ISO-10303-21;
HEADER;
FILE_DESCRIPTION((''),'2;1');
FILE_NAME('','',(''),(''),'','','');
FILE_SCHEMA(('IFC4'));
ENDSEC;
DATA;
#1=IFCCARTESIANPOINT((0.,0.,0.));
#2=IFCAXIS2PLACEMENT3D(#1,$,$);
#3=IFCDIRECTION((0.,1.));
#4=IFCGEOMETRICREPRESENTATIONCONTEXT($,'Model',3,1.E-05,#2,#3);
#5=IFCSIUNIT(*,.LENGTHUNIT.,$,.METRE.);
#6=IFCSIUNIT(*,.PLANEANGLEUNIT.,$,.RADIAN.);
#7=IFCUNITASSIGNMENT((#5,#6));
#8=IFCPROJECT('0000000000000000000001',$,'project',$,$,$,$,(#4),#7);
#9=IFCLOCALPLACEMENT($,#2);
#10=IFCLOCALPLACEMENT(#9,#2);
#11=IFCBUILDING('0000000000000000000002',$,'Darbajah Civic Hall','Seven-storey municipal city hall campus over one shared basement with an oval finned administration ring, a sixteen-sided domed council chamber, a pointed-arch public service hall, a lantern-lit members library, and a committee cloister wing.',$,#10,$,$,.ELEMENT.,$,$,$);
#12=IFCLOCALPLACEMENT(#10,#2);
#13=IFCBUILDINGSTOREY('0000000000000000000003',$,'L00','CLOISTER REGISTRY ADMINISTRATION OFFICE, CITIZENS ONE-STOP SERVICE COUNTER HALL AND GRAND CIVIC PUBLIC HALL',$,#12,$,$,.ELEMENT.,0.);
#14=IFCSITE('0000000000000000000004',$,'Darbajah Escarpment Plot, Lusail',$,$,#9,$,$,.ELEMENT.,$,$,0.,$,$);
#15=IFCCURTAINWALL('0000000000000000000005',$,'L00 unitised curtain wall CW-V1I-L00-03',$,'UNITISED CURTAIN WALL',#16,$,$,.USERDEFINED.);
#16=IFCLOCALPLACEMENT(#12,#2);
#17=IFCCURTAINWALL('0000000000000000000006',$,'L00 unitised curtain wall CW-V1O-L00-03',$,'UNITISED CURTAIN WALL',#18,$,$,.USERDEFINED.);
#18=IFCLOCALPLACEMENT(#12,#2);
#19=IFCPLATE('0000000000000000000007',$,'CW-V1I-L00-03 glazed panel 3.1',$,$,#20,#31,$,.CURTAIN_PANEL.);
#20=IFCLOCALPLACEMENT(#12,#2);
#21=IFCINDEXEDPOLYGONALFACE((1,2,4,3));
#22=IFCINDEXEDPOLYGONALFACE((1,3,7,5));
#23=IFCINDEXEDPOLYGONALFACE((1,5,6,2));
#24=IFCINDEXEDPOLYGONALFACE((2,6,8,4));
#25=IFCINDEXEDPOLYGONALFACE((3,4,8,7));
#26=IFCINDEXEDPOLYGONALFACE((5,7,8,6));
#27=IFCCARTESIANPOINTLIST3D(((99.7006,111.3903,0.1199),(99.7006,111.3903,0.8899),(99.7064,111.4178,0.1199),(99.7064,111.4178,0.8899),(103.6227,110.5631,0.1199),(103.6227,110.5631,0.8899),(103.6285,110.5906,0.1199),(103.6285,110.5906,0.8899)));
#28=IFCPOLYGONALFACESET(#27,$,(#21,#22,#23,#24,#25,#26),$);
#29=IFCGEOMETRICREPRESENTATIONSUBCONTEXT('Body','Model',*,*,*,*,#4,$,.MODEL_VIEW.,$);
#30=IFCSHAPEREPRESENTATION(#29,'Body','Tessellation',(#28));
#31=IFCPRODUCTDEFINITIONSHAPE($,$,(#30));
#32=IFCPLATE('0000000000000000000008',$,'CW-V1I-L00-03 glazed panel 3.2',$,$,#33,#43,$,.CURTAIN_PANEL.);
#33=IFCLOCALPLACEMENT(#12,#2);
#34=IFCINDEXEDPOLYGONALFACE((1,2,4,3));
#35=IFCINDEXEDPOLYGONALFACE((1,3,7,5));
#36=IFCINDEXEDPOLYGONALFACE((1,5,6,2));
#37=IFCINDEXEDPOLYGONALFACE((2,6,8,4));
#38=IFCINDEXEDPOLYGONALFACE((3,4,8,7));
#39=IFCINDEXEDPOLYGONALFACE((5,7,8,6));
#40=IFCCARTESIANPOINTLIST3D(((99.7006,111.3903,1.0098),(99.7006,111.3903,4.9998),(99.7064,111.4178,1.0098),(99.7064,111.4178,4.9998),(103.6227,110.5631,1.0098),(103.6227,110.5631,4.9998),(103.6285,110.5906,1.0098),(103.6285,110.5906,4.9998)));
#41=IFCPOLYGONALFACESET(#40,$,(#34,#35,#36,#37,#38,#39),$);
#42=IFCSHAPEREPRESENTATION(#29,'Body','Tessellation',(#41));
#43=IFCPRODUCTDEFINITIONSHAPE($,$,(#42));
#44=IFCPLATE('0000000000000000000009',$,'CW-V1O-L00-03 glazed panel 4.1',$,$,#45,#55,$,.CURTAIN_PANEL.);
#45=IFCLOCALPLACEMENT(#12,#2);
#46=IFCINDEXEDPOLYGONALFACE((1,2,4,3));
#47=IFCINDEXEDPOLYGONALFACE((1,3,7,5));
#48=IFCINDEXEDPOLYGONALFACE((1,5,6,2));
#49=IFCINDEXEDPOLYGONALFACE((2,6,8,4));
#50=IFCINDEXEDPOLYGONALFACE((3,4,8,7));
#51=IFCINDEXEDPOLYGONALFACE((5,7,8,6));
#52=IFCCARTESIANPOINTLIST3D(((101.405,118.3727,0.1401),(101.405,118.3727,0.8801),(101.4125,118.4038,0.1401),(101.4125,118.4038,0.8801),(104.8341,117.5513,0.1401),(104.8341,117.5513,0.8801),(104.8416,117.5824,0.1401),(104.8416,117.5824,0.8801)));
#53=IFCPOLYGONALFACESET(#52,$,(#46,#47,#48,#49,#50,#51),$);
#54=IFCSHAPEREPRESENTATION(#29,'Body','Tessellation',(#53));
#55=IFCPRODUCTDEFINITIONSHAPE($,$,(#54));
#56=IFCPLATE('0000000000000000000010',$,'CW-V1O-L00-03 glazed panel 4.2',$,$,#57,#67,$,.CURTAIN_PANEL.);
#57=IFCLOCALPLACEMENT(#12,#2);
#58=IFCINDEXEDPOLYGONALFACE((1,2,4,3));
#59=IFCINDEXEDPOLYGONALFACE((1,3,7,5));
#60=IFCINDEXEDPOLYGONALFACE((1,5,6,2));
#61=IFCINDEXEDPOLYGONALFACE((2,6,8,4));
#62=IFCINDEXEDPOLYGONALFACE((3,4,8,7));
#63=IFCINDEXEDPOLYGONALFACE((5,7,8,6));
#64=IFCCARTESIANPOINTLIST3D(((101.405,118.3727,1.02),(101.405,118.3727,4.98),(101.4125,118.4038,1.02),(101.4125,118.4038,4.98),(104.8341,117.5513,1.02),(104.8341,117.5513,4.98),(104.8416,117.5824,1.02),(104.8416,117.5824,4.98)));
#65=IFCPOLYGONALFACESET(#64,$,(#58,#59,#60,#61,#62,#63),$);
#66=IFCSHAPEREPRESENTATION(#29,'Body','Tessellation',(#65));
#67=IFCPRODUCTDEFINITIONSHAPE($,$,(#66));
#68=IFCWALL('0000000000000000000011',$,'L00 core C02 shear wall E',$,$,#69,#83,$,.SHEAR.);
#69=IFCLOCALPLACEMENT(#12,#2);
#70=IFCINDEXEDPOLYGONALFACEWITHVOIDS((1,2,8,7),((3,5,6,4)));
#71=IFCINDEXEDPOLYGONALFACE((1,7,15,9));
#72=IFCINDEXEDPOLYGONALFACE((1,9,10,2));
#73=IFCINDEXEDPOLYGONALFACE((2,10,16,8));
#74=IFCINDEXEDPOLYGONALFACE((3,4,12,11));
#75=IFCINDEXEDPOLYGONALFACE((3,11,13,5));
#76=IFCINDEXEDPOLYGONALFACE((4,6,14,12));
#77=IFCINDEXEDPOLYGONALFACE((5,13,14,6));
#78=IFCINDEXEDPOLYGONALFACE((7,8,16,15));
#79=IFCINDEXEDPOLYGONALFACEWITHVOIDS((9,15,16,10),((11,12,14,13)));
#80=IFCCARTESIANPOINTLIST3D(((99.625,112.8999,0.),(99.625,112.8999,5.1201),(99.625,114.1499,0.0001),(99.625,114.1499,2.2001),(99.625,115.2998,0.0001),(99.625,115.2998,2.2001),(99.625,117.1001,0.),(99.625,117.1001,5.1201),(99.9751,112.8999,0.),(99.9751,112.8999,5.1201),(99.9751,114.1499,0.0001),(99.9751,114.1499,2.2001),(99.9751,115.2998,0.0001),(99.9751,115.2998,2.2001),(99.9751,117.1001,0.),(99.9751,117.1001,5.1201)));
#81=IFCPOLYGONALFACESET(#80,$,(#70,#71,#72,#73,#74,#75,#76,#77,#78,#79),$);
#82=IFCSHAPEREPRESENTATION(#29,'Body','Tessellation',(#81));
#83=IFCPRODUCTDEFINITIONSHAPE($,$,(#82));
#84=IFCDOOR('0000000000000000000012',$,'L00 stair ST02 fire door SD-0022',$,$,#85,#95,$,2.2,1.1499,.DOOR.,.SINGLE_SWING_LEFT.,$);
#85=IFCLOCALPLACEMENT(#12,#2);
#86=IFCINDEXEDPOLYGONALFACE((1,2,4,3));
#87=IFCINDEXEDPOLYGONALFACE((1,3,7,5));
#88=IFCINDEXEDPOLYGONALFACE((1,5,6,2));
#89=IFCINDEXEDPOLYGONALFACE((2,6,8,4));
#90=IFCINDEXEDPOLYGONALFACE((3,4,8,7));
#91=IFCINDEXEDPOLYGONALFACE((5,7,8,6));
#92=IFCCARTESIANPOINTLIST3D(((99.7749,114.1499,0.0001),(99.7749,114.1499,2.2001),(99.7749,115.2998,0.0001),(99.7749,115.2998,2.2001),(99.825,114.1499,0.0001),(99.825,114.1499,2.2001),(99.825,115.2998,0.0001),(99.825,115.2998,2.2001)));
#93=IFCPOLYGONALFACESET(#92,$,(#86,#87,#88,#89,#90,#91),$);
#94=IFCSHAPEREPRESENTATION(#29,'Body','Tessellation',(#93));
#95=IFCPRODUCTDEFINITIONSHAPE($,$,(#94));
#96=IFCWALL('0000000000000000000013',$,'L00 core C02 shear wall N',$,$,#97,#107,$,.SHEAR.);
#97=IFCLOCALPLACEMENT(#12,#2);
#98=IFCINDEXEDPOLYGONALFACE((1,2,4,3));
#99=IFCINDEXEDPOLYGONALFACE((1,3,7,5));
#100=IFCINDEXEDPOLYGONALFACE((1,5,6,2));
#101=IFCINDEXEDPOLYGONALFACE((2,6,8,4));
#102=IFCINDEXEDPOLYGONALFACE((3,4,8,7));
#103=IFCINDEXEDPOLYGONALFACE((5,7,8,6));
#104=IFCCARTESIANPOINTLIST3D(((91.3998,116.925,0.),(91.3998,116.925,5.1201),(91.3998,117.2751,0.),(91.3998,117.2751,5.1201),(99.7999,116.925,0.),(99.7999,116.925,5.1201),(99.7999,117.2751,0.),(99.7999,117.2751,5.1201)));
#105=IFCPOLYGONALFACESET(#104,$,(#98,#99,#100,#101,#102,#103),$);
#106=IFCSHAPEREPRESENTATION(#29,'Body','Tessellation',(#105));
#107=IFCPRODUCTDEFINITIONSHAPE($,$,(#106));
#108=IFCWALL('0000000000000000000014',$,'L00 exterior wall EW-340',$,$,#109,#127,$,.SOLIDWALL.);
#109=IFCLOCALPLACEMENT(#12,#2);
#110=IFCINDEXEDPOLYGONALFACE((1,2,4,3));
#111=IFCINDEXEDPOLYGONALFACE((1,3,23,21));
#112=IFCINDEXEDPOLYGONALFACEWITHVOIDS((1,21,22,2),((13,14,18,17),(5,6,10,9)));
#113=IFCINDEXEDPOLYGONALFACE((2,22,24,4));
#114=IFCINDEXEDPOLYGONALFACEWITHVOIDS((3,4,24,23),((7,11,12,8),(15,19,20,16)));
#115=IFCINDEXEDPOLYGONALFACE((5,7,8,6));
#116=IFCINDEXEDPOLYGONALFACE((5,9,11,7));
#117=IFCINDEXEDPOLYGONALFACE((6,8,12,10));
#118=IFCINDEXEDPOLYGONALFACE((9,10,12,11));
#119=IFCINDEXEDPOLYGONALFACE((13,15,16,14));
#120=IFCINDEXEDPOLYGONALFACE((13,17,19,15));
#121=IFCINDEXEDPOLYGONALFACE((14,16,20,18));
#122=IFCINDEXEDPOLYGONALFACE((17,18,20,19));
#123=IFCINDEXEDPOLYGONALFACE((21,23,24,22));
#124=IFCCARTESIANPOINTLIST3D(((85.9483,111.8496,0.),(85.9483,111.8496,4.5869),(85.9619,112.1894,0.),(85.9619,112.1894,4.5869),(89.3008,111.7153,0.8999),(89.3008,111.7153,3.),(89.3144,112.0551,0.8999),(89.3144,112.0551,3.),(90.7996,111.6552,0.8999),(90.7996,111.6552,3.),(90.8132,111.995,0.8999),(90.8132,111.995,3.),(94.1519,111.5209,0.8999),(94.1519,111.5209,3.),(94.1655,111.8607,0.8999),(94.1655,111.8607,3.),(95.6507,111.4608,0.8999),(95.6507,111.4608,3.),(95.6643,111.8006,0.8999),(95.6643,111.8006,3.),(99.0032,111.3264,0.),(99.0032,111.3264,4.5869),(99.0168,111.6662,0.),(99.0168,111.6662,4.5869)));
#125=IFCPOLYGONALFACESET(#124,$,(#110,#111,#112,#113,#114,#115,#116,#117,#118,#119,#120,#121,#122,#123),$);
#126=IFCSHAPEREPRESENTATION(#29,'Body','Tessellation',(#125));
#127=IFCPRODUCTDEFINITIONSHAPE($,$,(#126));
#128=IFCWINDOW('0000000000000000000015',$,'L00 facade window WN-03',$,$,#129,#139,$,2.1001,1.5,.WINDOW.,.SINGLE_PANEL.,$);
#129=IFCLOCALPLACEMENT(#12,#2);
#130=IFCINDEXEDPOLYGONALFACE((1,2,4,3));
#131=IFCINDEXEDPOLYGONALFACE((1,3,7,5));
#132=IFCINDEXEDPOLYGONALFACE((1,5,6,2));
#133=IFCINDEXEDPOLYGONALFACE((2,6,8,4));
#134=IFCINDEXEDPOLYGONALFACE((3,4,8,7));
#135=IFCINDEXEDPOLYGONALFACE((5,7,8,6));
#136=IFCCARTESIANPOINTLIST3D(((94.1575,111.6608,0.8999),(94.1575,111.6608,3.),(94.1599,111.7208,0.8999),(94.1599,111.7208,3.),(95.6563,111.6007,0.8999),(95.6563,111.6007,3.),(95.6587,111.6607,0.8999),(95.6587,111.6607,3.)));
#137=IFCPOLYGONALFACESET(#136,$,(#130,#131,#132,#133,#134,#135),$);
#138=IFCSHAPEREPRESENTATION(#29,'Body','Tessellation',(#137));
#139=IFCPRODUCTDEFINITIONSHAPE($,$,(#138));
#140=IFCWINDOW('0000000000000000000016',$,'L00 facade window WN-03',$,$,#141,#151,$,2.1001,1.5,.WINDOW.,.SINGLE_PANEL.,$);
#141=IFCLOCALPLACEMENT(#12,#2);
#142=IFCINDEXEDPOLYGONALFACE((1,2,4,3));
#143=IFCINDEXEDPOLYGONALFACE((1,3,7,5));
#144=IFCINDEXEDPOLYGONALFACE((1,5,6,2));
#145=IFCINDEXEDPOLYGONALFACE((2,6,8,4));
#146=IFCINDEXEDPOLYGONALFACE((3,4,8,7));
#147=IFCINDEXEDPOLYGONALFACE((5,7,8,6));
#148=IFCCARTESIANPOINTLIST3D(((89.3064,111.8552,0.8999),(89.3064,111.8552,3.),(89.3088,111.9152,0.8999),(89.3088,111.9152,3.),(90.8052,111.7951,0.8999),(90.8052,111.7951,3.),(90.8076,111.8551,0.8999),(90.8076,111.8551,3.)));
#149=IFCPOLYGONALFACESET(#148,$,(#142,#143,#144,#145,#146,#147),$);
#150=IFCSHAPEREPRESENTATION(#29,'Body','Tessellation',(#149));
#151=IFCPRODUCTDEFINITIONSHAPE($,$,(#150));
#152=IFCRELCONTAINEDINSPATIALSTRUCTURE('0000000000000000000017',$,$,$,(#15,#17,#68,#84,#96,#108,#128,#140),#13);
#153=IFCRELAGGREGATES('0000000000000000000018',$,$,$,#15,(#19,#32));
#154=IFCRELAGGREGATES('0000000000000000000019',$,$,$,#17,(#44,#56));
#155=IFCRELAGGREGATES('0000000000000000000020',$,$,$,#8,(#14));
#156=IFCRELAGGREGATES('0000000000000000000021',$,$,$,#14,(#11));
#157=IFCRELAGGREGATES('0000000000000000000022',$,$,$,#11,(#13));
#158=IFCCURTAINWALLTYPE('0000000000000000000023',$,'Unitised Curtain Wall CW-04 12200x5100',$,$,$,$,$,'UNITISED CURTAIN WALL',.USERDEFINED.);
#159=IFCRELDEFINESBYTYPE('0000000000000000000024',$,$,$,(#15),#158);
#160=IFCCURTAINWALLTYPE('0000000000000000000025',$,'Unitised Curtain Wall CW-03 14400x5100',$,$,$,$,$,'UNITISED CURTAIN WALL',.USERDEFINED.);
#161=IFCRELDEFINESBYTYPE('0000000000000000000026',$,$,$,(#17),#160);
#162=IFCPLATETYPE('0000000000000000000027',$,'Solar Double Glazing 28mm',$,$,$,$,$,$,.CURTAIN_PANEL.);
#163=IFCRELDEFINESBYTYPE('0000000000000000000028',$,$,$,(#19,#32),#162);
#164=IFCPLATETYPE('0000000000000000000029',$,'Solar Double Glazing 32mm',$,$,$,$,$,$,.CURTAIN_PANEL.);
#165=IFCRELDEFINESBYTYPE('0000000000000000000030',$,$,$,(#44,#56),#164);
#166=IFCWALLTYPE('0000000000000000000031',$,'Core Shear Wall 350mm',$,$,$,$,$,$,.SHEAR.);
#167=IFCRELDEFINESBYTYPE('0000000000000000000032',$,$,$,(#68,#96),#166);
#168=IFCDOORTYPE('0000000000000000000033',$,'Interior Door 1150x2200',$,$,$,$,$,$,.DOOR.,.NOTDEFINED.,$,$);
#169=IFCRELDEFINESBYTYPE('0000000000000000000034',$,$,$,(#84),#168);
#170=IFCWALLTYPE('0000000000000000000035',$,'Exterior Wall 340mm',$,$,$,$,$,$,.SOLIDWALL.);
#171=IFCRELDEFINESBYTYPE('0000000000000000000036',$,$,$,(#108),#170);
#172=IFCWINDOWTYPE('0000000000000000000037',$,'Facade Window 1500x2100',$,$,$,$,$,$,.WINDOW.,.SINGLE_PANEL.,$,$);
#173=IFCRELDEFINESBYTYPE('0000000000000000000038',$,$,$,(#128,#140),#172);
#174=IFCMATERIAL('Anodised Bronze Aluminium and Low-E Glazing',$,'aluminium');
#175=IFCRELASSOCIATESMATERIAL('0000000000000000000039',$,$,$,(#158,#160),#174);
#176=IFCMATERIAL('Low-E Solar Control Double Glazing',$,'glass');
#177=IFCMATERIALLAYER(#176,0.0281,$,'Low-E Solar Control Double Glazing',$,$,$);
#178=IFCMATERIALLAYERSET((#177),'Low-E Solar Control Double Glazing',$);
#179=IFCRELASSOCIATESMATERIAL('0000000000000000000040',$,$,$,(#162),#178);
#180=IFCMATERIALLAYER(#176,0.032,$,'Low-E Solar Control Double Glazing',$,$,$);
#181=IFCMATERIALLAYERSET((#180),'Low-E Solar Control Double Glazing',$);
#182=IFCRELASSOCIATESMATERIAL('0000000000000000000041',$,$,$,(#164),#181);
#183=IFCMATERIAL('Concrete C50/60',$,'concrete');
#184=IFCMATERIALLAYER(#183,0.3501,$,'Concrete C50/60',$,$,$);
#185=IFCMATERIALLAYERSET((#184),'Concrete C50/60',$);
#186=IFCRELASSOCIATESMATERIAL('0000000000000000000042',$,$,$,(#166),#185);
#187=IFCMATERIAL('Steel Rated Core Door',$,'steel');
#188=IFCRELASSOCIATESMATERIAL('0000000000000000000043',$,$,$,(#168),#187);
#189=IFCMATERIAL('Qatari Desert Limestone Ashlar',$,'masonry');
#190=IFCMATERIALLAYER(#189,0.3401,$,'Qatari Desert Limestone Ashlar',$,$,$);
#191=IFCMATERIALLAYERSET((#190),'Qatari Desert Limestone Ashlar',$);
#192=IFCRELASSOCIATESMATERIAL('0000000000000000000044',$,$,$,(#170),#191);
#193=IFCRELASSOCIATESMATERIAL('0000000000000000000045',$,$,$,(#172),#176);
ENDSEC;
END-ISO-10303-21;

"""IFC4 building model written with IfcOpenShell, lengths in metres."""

from ifc_helpers import new_model, si_unit, direction, frame, frame_2d, origin, origin_2d, place, context, subcontext, project, spatial, rectangle, extrude, material, layer, layer_set, type_object, element, fill, aggregate, save


model = new_model("IFC4")

# Units and contexts
model_context = context("Model", 3, precision=1e-05, world=origin(), true_north=direction((0.0, 1.0)))
body_context = subcontext(model_context, "Body", "Model", "MODEL_VIEW")
ifc_project = project(units=[si_unit("LENGTHUNIT", "METRE"), si_unit("PLANEANGLEUNIT", "RADIAN")], contexts=[model_context])

# Site, building, storey
site_placement = place(None, origin())
site = spatial("IfcSite", under=ifc_project, at=site_placement, Name="Darbajah Escarpment Plot, Lusail", CompositionType="ELEMENT", RefElevation=0.0)
building_placement = place(site_placement, origin())
building = spatial("IfcBuilding", under=site, at=building_placement, Name="Darbajah Civic Hall", Description="Seven-storey municipal city hall campus over one shared basement with an oval finned administration ring, a sixteen-sided domed council chamber, a pointed-arch public service hall, a lantern-lit members library, and a committee cloister wing.", CompositionType="ELEMENT")
storey_placement = place(building_placement, origin())
storey = spatial("IfcBuildingStorey", under=building, at=storey_placement, Name="L00", Description="CLOISTER REGISTRY ADMINISTRATION OFFICE, CITIZENS ONE-STOP SERVICE COUNTER HALL AND GRAND CIVIC PUBLIC HALL", CompositionType="ELEMENT", Elevation=0.0)

# Shared definitions
ifc_material_1 = material(Name="Concrete C50/60", Category="concrete")

# Curtain walls
ifc_material_2 = material(Name="Anodised Bronze Aluminium and Low-E Glazing", Category="aluminium")
curtain_wall_type_1 = type_object("IfcCurtainWallType", Name="Unitised Curtain Wall CW-04 12200x5100", ElementType="UNITISED CURTAIN WALL", PredefinedType="USERDEFINED", material=ifc_material_2)
curtain_wall_1_placement = place(storey_placement, origin())
curtain_wall_1 = element("IfcCurtainWall", 1, at=curtain_wall_1_placement, inside=storey, type_object=curtain_wall_type_1, Name="L00 unitised curtain wall CW-V1I-L00-03", ObjectType="UNITISED CURTAIN WALL", PredefinedType="USERDEFINED")
curtain_wall_type_2 = type_object("IfcCurtainWallType", Name="Unitised Curtain Wall CW-03 14400x5100", ElementType="UNITISED CURTAIN WALL", PredefinedType="USERDEFINED", material=ifc_material_2)
curtain_wall_2_placement = place(storey_placement, origin())
curtain_wall_2 = element("IfcCurtainWall", 2, at=curtain_wall_2_placement, inside=storey, type_object=curtain_wall_type_2, Name="L00 unitised curtain wall CW-V1O-L00-03", ObjectType="UNITISED CURTAIN WALL", PredefinedType="USERDEFINED")

# Plates
ifc_material_3 = material(Name="Low-E Solar Control Double Glazing", Category="glass")
ifc_layer_1 = layer(ifc_material_3, 0.0281, Name="Low-E Solar Control Double Glazing")
ifc_layer_set_1 = layer_set([ifc_layer_1], Name="Low-E Solar Control Double Glazing")
plate_type_1 = type_object("IfcPlateType", Name="Solar Double Glazing 28mm", PredefinedType="CURTAIN_PANEL", material=ifc_layer_set_1)
plate_1_placement = place(storey_placement, frame((101.6646, 110.9905, 0.1199), z_axis=(0.0, 0.0, 1.0), x_axis=(-0.978473, 0.206375, 0.0)))
plate_1 = element("IfcPlate", 3, at=plate_1_placement, type_object=plate_type_1, Name="CW-V1I-L00-03 glazed panel 3.1", PredefinedType="CURTAIN_PANEL", context=body_context, shape_type="SweptSolid", body=[
    extrude(rectangle(XDim=4.0083, YDim=0.0281, at=origin_2d()), origin(), (0.0, 0.0, 1.0), 0.77),
])
plate_2_placement = place(storey_placement, frame((101.6646, 110.9905, 1.0098), z_axis=(0.0, 0.0, 1.0), x_axis=(-0.978473, 0.206375, 0.0)))
plate_2 = element("IfcPlate", 4, at=plate_2_placement, type_object=plate_type_1, Name="CW-V1I-L00-03 glazed panel 3.2", PredefinedType="CURTAIN_PANEL", context=body_context, shape_type="SweptSolid", body=[
    extrude(rectangle(XDim=4.0083, YDim=0.0281, at=origin_2d()), origin(), (0.0, 0.0, 1.0), 3.99),
])
aggregate(curtain_wall_1, [plate_1, plate_2])
ifc_layer_2 = layer(ifc_material_3, 0.032, Name="Low-E Solar Control Double Glazing")
ifc_layer_set_2 = layer_set([ifc_layer_2], Name="Low-E Solar Control Double Glazing")
plate_type_2 = type_object("IfcPlateType", Name="Solar Double Glazing 32mm", PredefinedType="CURTAIN_PANEL", material=ifc_layer_set_2)
plate_3_placement = place(storey_placement, frame((103.1233, 117.9775, 0.1401), z_axis=(0.0, 0.0, 1.0), x_axis=(-0.972492, 0.232936, 0.0)))
plate_3 = element("IfcPlate", 5, at=plate_3_placement, type_object=plate_type_2, Name="CW-V1O-L00-03 glazed panel 4.1", PredefinedType="CURTAIN_PANEL", context=body_context, shape_type="SweptSolid", body=[
    extrude(rectangle(XDim=3.5261, YDim=0.032, at=origin_2d()), origin(), (0.0, 0.0, 1.0), 0.74),
])
plate_4_placement = place(storey_placement, frame((103.1233, 117.9775, 1.02), z_axis=(0.0, 0.0, 1.0), x_axis=(-0.972492, 0.232936, 0.0)))
plate_4 = element("IfcPlate", 6, at=plate_4_placement, type_object=plate_type_2, Name="CW-V1O-L00-03 glazed panel 4.2", PredefinedType="CURTAIN_PANEL", context=body_context, shape_type="SweptSolid", body=[
    extrude(rectangle(XDim=3.5261, YDim=0.032, at=origin_2d()), origin(), (0.0, 0.0, 1.0), 3.96),
])
aggregate(curtain_wall_2, [plate_3, plate_4])

# Wall, opening, door
ifc_layer_3 = layer(ifc_material_1, 0.3501, Name="Concrete C50/60")
ifc_layer_set_3 = layer_set([ifc_layer_3], Name="Concrete C50/60")
wall_type_1 = type_object("IfcWallType", Name="Core Shear Wall 350mm", PredefinedType="SHEAR", material=ifc_layer_set_3)
wall_1_placement = place(storey_placement, frame((99.8, 112.8999, 0.0), z_axis=(0.0, 0.0, 1.0), x_axis=(0.0, 1.0, 0.0)))
wall_1 = element("IfcWall", 7, at=wall_1_placement, inside=storey, type_object=wall_type_1, Name="L00 core C02 shear wall E", PredefinedType="SHEAR", context=body_context, shape_type="SweptSolid", body=[
    extrude(rectangle(XDim=4.2002, YDim=0.3501, at=frame_2d((2.1001, 0.0))), origin(), (0.0, 0.0, 1.0), 5.1201),
])
opening_1_placement = place(wall_1_placement, frame((1.25, 0.0, 0.0)))
opening_1 = element("IfcOpeningElement", 8, at=opening_1_placement, cuts=wall_1, PredefinedType="OPENING", context=body_context, shape_type="SweptSolid", body=[
    extrude(rectangle(XDim=1.1499, YDim=2.2, at=frame_2d((0.575, 1.1001))), frame((0.0, 0.1851, 0.0), z_axis=(0.0, -1.0, 0.0), x_axis=(1.0, 0.0, 0.0)), (0.0, 0.0, 1.0), 0.3701),
])
ifc_material_4 = material(Name="Steel Rated Core Door", Category="steel")
door_type_1 = type_object("IfcDoorType", Name="Interior Door 1150x2200", OperationType="NOTDEFINED", PredefinedType="DOOR", material=ifc_material_4)
door_1_placement = place(opening_1_placement, frame((1.1499, 0.0, 0.0), z_axis=(0.0, 0.0, 1.0), x_axis=(-1.0, 0.0, 0.0)))
door_1 = element("IfcDoor", 9, at=door_1_placement, inside=storey, type_object=door_type_1, Name="L00 stair ST02 fire door SD-0022", OperationType="SINGLE_SWING_LEFT", OverallHeight=2.2, OverallWidth=1.1499, PredefinedType="DOOR", context=body_context, shape_type="SweptSolid", body=[
    extrude(rectangle(XDim=1.1499, YDim=2.2, at=frame_2d((0.575, 1.1001))), frame((0.0, 0.0249, 0.0), z_axis=(0.0, -1.0, 0.0), x_axis=(1.0, 0.0, 0.0)), (0.0, 0.0, 1.0), 0.05),
])
fill(opening_1, door_1)

# Wall
wall_2_placement = place(storey_placement, frame((99.8, 117.1001, 0.0), z_axis=(0.0, 0.0, 1.0), x_axis=(-1.0, 0.0, 0.0)))
element("IfcWall", 10, at=wall_2_placement, inside=storey, type_object=wall_type_1, Name="L00 core C02 shear wall N", PredefinedType="SHEAR", context=body_context, shape_type="SweptSolid", body=[
    extrude(rectangle(XDim=8.4001, YDim=0.3501, at=frame_2d((4.2002, 0.0))), origin(), (0.0, 0.0, 1.0), 5.1201),
])

# Wall, openings, windows
ifc_material_5 = material(Name="Qatari Desert Limestone Ashlar", Category="masonry")
ifc_layer_4 = layer(ifc_material_5, 0.3401, Name="Qatari Desert Limestone Ashlar")
ifc_layer_set_4 = layer_set([ifc_layer_4], Name="Qatari Desert Limestone Ashlar")
wall_type_2 = type_object("IfcWallType", Name="Exterior Wall 340mm", PredefinedType="SOLIDWALL", material=ifc_layer_set_4)
wall_3_placement = place(storey_placement, frame((99.01, 111.4963, 0.0), z_axis=(0.0, 0.0, 1.0), x_axis=(-0.999198, 0.040044, 0.0)))
wall_3 = element("IfcWall", 11, at=wall_3_placement, inside=storey, type_object=wall_type_2, Name="L00 exterior wall EW-340", PredefinedType="SOLIDWALL", context=body_context, shape_type="SweptSolid", body=[
    extrude(rectangle(XDim=13.0654, YDim=0.3401, at=frame_2d((6.5327, 0.0))), origin(), (0.0, 0.0, 1.0), 4.5869),
])
opening_2_placement = place(wall_3_placement, frame((3.3552, 0.0, 0.8999)))
opening_2 = element("IfcOpeningElement", 12, at=opening_2_placement, cuts=wall_3, PredefinedType="OPENING", context=body_context, shape_type="SweptSolid", body=[
    extrude(rectangle(XDim=1.5, YDim=2.1001, at=frame_2d((0.75, 1.05))), frame((0.0, 0.1799, 0.0), z_axis=(0.0, -1.0, 0.0), x_axis=(1.0, 0.0, 0.0)), (0.0, 0.0, 1.0), 0.3601),
])
opening_3_placement = place(wall_3_placement, frame((8.2102, 0.0, 0.8999)))
opening_3 = element("IfcOpeningElement", 13, at=opening_3_placement, cuts=wall_3, PredefinedType="OPENING", context=body_context, shape_type="SweptSolid", body=[
    extrude(rectangle(XDim=1.5, YDim=2.1001, at=frame_2d((0.75, 1.05))), frame((0.0, 0.1799, 0.0), z_axis=(0.0, -1.0, 0.0), x_axis=(1.0, 0.0, 0.0)), (0.0, 0.0, 1.0), 0.3601),
])
window_type = type_object("IfcWindowType", Name="Facade Window 1500x2100", PartitioningType="SINGLE_PANEL", PredefinedType="WINDOW", material=ifc_material_3)
window_1_placement = place(opening_2_placement, origin())
window_1 = element("IfcWindow", 14, at=window_1_placement, inside=storey, type_object=window_type, Name="L00 facade window WN-03", OverallHeight=2.1001, OverallWidth=1.5, PartitioningType="SINGLE_PANEL", PredefinedType="WINDOW", context=body_context, shape_type="SweptSolid", body=[
    extrude(rectangle(XDim=1.5, YDim=2.1001, at=frame_2d((0.75, 1.05))), frame((0.0, 0.03, 0.0), z_axis=(0.0, -1.0, 0.0), x_axis=(1.0, 0.0, 0.0)), (0.0, 0.0, 1.0), 0.0601),
])
fill(opening_2, window_1)
window_2_placement = place(opening_3_placement, origin())
window_2 = element("IfcWindow", 15, at=window_2_placement, inside=storey, type_object=window_type, Name="L00 facade window WN-03", OverallHeight=2.1001, OverallWidth=1.5, PartitioningType="SINGLE_PANEL", PredefinedType="WINDOW", context=body_context, shape_type="SweptSolid", body=[
    extrude(rectangle(XDim=1.5, YDim=2.1001, at=frame_2d((0.75, 1.05))), frame((0.0, 0.03, 0.0), z_axis=(0.0, -1.0, 0.0), x_axis=(1.0, 0.0, 0.0)), (0.0, 0.0, 1.0), 0.0601),
])
fill(opening_3, window_2)

save(model, "model.ifc")
